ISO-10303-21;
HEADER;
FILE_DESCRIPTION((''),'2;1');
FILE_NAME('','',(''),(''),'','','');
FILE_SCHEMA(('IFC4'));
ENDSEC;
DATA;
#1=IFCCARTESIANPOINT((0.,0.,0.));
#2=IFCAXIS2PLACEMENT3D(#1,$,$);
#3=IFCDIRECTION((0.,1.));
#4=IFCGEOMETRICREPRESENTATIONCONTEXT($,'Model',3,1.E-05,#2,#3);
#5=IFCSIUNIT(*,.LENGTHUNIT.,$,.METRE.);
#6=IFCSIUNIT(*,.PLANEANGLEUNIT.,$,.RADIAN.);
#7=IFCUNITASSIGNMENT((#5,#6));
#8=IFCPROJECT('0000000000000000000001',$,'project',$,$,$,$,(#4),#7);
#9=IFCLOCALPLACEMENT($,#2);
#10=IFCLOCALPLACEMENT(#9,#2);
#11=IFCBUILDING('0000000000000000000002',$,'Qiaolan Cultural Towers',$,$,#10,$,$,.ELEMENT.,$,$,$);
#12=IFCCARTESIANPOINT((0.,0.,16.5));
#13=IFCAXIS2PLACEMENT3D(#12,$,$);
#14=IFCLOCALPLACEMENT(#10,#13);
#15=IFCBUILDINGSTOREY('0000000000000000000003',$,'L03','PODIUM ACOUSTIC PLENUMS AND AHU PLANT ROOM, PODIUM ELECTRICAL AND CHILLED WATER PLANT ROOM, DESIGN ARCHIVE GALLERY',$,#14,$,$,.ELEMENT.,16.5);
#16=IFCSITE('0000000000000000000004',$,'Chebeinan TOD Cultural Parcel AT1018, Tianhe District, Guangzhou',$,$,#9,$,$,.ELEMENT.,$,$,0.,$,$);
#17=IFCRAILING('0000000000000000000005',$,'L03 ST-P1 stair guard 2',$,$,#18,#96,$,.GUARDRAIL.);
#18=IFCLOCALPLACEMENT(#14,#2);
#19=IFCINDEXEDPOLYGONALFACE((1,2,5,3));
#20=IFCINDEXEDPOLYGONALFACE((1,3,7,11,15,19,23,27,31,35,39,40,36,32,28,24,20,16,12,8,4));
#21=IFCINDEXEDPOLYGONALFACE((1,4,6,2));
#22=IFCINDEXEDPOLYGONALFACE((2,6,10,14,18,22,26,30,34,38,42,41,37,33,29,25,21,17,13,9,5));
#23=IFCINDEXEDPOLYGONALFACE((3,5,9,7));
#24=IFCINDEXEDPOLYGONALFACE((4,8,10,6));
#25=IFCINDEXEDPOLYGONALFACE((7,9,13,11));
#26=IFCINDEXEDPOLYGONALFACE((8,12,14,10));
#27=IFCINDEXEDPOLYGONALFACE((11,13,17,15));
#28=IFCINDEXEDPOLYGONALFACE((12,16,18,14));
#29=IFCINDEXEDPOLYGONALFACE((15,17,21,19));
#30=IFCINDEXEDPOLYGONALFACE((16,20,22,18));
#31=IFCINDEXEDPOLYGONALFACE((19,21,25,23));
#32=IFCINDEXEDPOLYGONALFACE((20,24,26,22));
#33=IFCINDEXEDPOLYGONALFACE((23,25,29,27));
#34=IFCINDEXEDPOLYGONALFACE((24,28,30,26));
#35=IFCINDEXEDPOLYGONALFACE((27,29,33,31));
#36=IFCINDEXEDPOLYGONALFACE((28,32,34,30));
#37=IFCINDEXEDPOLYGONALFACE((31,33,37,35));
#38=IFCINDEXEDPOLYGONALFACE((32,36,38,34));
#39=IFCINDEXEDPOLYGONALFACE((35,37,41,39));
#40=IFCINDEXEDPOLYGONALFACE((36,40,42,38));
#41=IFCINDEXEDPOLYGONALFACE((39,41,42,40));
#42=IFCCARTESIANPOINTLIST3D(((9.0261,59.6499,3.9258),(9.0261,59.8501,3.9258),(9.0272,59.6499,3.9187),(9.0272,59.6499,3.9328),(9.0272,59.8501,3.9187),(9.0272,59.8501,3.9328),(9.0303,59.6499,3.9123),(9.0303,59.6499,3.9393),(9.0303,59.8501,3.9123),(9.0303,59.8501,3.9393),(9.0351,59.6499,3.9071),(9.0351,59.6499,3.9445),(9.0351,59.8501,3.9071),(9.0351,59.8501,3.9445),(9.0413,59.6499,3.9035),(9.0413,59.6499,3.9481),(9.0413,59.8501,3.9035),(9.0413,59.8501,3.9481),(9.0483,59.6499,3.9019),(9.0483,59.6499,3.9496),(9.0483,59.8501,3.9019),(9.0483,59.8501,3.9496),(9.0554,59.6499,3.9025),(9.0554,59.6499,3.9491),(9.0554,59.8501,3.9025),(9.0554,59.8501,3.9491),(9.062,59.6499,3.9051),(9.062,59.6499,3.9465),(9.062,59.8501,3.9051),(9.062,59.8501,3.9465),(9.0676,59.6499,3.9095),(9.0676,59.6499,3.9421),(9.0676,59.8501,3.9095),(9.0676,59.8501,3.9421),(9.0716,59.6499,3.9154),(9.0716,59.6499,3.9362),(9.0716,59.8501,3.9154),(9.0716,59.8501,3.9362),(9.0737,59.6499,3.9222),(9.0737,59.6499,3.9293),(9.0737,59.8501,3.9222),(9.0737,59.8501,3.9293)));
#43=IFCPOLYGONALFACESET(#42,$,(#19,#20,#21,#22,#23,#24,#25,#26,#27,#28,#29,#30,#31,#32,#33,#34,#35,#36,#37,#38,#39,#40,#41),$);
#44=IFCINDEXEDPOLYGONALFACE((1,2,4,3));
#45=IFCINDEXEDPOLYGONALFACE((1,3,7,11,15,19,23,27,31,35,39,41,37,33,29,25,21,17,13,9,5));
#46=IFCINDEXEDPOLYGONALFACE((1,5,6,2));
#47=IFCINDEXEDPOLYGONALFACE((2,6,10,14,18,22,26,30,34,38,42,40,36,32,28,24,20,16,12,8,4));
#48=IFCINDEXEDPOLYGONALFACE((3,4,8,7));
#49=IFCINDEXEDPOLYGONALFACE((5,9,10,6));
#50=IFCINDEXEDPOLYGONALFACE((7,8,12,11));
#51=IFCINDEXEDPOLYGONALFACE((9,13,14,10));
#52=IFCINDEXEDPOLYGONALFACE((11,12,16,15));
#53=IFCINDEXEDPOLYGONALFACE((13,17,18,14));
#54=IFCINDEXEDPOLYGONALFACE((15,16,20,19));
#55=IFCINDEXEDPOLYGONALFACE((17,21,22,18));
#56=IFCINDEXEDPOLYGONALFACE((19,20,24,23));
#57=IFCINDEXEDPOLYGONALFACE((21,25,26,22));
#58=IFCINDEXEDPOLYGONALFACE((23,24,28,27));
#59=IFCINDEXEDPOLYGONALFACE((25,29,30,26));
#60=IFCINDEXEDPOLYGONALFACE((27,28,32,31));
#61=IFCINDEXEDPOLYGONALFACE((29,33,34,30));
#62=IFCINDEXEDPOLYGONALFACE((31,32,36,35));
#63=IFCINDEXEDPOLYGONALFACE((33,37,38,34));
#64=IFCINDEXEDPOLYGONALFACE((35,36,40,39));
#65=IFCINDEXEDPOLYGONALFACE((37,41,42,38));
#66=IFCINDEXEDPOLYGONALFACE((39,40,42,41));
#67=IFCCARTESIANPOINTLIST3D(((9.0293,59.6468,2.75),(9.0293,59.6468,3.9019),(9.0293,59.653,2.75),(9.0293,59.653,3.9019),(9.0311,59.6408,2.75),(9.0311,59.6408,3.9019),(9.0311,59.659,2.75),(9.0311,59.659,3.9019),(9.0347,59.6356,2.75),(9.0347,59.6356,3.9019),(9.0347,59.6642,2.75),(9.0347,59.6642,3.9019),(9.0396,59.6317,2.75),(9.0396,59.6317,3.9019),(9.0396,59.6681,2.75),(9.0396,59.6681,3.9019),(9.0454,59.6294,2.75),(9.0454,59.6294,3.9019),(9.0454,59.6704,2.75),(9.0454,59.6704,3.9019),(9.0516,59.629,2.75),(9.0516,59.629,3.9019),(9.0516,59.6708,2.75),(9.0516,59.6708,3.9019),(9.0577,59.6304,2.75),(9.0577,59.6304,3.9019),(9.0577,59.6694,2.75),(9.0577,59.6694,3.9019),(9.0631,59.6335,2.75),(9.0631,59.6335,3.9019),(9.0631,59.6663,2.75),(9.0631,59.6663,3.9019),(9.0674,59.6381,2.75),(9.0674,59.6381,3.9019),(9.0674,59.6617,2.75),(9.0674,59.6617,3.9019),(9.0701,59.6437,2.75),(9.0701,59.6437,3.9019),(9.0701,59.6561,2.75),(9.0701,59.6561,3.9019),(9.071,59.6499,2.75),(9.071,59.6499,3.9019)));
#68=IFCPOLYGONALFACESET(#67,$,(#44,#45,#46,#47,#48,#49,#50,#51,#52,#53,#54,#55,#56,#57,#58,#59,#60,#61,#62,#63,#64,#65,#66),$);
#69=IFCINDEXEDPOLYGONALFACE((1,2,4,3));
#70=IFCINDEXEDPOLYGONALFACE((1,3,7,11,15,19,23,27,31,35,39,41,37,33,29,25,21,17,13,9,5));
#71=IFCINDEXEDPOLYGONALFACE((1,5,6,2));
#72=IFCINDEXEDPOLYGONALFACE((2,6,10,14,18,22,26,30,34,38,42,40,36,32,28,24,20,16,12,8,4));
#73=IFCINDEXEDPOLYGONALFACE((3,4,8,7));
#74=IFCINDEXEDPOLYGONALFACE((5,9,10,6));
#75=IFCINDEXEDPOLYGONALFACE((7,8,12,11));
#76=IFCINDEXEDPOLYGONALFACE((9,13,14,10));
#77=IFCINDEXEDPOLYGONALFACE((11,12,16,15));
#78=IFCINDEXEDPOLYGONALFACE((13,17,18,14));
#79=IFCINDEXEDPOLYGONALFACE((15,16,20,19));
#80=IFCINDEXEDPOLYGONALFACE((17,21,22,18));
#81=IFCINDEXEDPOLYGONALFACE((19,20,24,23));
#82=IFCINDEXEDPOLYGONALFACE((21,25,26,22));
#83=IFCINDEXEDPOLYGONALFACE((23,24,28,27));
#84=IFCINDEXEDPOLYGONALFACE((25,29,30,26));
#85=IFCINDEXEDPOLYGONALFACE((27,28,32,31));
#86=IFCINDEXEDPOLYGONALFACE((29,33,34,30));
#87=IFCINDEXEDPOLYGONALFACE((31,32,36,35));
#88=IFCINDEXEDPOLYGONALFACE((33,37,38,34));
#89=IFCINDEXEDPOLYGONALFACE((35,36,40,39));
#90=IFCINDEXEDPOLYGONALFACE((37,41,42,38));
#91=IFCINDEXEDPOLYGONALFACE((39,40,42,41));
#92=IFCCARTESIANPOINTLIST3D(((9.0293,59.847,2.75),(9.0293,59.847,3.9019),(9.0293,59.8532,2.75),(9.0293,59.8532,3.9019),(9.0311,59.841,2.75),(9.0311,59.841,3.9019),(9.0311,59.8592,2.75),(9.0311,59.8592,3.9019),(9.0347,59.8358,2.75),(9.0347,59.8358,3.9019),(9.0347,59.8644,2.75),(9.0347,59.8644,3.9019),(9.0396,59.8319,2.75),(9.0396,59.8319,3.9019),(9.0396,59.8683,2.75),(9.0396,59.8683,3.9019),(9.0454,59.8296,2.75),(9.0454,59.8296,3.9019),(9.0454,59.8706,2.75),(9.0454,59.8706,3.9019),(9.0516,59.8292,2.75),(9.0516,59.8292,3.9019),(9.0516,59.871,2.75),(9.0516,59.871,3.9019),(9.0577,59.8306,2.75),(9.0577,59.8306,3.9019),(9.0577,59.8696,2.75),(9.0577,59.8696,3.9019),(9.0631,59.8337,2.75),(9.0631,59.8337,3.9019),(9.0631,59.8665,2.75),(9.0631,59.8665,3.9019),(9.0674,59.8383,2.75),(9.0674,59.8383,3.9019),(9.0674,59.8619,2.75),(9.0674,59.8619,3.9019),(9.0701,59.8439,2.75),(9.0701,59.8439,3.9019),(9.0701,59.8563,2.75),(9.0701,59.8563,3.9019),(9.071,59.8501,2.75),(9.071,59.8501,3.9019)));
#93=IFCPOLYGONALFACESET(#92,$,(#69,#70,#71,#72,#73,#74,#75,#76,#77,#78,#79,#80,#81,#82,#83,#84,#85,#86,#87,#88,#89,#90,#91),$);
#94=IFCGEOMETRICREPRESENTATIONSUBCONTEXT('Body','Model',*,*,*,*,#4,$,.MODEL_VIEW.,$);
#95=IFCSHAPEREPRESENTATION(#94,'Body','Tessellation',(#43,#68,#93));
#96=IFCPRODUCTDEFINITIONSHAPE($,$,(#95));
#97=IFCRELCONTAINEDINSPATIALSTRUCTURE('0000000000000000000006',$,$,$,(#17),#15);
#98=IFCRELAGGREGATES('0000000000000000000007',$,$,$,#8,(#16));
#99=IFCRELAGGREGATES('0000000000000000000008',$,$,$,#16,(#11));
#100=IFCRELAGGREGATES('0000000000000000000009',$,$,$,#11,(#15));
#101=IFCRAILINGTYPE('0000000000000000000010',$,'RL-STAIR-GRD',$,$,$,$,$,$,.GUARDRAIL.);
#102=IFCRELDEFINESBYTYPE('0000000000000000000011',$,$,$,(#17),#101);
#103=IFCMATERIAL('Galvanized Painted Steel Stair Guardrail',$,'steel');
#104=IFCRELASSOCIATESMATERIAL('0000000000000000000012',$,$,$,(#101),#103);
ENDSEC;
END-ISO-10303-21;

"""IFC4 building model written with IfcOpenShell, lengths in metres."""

from ifc_helpers import new_model, si_unit, direction, frame, origin, origin_2d, place, context, subcontext, project, spatial, circle, extrude, material, type_object, element, save


model = new_model("IFC4")

# Units and contexts
model_context = context("Model", 3, precision=1e-05, world=origin(), true_north=direction((0.0, 1.0)))
body_context = subcontext(model_context, "Body", "Model", "MODEL_VIEW")
ifc_project = project(units=[si_unit("LENGTHUNIT", "METRE"), si_unit("PLANEANGLEUNIT", "RADIAN")], contexts=[model_context])

# Site, building, storey
site_placement = place(None, origin())
site = spatial("IfcSite", under=ifc_project, at=site_placement, Name="Chebeinan TOD Cultural Parcel AT1018, Tianhe District, Guangzhou", CompositionType="ELEMENT", RefElevation=0.0)
building_placement = place(site_placement, origin())
building = spatial("IfcBuilding", under=site, at=building_placement, Name="Qiaolan Cultural Towers", CompositionType="ELEMENT")
storey_placement = place(building_placement, frame((0.0, 0.0, 16.5)))
storey = spatial("IfcBuildingStorey", under=building, at=storey_placement, Name="L03", Description="PODIUM ACOUSTIC PLENUMS AND AHU PLANT ROOM, PODIUM ELECTRICAL AND CHILLED WATER PLANT ROOM, DESIGN ARCHIVE GALLERY", CompositionType="ELEMENT", Elevation=16.5)

# Railing
ifc_material_1 = material(Name="Galvanized Painted Steel Stair Guardrail", Category="steel")
railing_type_1 = type_object("IfcRailingType", Name="RL-STAIR-GRD", PredefinedType="GUARDRAIL", material=ifc_material_1)
railing_1_placement = place(storey_placement, frame((9.05, 59.6499, 2.75)))
element("IfcRailing", 1, at=railing_1_placement, inside=storey, type_object=railing_type_1, Name="L03 ST-P1 stair guard 2", PredefinedType="GUARDRAIL", context=body_context, shape_type="SweptSolid", body=[
    extrude(circle(Radius=0.0239, at=origin_2d()), frame((0.0, 0.0, 1.1758), z_axis=(0.0, 1.0, 0.0), x_axis=(-1.0, 0.0, 0.0)), (0.0, 0.0, 1.0), 0.2002),
    extrude(circle(Radius=0.021, at=origin_2d()), origin(), (0.0, 0.0, 1.0), 1.1519),
    extrude(circle(Radius=0.021, at=origin_2d()), frame((0.0, 0.2002, 0.0)), (0.0, 0.0, 1.0), 1.1519),
])

save(model, "model.ifc")
